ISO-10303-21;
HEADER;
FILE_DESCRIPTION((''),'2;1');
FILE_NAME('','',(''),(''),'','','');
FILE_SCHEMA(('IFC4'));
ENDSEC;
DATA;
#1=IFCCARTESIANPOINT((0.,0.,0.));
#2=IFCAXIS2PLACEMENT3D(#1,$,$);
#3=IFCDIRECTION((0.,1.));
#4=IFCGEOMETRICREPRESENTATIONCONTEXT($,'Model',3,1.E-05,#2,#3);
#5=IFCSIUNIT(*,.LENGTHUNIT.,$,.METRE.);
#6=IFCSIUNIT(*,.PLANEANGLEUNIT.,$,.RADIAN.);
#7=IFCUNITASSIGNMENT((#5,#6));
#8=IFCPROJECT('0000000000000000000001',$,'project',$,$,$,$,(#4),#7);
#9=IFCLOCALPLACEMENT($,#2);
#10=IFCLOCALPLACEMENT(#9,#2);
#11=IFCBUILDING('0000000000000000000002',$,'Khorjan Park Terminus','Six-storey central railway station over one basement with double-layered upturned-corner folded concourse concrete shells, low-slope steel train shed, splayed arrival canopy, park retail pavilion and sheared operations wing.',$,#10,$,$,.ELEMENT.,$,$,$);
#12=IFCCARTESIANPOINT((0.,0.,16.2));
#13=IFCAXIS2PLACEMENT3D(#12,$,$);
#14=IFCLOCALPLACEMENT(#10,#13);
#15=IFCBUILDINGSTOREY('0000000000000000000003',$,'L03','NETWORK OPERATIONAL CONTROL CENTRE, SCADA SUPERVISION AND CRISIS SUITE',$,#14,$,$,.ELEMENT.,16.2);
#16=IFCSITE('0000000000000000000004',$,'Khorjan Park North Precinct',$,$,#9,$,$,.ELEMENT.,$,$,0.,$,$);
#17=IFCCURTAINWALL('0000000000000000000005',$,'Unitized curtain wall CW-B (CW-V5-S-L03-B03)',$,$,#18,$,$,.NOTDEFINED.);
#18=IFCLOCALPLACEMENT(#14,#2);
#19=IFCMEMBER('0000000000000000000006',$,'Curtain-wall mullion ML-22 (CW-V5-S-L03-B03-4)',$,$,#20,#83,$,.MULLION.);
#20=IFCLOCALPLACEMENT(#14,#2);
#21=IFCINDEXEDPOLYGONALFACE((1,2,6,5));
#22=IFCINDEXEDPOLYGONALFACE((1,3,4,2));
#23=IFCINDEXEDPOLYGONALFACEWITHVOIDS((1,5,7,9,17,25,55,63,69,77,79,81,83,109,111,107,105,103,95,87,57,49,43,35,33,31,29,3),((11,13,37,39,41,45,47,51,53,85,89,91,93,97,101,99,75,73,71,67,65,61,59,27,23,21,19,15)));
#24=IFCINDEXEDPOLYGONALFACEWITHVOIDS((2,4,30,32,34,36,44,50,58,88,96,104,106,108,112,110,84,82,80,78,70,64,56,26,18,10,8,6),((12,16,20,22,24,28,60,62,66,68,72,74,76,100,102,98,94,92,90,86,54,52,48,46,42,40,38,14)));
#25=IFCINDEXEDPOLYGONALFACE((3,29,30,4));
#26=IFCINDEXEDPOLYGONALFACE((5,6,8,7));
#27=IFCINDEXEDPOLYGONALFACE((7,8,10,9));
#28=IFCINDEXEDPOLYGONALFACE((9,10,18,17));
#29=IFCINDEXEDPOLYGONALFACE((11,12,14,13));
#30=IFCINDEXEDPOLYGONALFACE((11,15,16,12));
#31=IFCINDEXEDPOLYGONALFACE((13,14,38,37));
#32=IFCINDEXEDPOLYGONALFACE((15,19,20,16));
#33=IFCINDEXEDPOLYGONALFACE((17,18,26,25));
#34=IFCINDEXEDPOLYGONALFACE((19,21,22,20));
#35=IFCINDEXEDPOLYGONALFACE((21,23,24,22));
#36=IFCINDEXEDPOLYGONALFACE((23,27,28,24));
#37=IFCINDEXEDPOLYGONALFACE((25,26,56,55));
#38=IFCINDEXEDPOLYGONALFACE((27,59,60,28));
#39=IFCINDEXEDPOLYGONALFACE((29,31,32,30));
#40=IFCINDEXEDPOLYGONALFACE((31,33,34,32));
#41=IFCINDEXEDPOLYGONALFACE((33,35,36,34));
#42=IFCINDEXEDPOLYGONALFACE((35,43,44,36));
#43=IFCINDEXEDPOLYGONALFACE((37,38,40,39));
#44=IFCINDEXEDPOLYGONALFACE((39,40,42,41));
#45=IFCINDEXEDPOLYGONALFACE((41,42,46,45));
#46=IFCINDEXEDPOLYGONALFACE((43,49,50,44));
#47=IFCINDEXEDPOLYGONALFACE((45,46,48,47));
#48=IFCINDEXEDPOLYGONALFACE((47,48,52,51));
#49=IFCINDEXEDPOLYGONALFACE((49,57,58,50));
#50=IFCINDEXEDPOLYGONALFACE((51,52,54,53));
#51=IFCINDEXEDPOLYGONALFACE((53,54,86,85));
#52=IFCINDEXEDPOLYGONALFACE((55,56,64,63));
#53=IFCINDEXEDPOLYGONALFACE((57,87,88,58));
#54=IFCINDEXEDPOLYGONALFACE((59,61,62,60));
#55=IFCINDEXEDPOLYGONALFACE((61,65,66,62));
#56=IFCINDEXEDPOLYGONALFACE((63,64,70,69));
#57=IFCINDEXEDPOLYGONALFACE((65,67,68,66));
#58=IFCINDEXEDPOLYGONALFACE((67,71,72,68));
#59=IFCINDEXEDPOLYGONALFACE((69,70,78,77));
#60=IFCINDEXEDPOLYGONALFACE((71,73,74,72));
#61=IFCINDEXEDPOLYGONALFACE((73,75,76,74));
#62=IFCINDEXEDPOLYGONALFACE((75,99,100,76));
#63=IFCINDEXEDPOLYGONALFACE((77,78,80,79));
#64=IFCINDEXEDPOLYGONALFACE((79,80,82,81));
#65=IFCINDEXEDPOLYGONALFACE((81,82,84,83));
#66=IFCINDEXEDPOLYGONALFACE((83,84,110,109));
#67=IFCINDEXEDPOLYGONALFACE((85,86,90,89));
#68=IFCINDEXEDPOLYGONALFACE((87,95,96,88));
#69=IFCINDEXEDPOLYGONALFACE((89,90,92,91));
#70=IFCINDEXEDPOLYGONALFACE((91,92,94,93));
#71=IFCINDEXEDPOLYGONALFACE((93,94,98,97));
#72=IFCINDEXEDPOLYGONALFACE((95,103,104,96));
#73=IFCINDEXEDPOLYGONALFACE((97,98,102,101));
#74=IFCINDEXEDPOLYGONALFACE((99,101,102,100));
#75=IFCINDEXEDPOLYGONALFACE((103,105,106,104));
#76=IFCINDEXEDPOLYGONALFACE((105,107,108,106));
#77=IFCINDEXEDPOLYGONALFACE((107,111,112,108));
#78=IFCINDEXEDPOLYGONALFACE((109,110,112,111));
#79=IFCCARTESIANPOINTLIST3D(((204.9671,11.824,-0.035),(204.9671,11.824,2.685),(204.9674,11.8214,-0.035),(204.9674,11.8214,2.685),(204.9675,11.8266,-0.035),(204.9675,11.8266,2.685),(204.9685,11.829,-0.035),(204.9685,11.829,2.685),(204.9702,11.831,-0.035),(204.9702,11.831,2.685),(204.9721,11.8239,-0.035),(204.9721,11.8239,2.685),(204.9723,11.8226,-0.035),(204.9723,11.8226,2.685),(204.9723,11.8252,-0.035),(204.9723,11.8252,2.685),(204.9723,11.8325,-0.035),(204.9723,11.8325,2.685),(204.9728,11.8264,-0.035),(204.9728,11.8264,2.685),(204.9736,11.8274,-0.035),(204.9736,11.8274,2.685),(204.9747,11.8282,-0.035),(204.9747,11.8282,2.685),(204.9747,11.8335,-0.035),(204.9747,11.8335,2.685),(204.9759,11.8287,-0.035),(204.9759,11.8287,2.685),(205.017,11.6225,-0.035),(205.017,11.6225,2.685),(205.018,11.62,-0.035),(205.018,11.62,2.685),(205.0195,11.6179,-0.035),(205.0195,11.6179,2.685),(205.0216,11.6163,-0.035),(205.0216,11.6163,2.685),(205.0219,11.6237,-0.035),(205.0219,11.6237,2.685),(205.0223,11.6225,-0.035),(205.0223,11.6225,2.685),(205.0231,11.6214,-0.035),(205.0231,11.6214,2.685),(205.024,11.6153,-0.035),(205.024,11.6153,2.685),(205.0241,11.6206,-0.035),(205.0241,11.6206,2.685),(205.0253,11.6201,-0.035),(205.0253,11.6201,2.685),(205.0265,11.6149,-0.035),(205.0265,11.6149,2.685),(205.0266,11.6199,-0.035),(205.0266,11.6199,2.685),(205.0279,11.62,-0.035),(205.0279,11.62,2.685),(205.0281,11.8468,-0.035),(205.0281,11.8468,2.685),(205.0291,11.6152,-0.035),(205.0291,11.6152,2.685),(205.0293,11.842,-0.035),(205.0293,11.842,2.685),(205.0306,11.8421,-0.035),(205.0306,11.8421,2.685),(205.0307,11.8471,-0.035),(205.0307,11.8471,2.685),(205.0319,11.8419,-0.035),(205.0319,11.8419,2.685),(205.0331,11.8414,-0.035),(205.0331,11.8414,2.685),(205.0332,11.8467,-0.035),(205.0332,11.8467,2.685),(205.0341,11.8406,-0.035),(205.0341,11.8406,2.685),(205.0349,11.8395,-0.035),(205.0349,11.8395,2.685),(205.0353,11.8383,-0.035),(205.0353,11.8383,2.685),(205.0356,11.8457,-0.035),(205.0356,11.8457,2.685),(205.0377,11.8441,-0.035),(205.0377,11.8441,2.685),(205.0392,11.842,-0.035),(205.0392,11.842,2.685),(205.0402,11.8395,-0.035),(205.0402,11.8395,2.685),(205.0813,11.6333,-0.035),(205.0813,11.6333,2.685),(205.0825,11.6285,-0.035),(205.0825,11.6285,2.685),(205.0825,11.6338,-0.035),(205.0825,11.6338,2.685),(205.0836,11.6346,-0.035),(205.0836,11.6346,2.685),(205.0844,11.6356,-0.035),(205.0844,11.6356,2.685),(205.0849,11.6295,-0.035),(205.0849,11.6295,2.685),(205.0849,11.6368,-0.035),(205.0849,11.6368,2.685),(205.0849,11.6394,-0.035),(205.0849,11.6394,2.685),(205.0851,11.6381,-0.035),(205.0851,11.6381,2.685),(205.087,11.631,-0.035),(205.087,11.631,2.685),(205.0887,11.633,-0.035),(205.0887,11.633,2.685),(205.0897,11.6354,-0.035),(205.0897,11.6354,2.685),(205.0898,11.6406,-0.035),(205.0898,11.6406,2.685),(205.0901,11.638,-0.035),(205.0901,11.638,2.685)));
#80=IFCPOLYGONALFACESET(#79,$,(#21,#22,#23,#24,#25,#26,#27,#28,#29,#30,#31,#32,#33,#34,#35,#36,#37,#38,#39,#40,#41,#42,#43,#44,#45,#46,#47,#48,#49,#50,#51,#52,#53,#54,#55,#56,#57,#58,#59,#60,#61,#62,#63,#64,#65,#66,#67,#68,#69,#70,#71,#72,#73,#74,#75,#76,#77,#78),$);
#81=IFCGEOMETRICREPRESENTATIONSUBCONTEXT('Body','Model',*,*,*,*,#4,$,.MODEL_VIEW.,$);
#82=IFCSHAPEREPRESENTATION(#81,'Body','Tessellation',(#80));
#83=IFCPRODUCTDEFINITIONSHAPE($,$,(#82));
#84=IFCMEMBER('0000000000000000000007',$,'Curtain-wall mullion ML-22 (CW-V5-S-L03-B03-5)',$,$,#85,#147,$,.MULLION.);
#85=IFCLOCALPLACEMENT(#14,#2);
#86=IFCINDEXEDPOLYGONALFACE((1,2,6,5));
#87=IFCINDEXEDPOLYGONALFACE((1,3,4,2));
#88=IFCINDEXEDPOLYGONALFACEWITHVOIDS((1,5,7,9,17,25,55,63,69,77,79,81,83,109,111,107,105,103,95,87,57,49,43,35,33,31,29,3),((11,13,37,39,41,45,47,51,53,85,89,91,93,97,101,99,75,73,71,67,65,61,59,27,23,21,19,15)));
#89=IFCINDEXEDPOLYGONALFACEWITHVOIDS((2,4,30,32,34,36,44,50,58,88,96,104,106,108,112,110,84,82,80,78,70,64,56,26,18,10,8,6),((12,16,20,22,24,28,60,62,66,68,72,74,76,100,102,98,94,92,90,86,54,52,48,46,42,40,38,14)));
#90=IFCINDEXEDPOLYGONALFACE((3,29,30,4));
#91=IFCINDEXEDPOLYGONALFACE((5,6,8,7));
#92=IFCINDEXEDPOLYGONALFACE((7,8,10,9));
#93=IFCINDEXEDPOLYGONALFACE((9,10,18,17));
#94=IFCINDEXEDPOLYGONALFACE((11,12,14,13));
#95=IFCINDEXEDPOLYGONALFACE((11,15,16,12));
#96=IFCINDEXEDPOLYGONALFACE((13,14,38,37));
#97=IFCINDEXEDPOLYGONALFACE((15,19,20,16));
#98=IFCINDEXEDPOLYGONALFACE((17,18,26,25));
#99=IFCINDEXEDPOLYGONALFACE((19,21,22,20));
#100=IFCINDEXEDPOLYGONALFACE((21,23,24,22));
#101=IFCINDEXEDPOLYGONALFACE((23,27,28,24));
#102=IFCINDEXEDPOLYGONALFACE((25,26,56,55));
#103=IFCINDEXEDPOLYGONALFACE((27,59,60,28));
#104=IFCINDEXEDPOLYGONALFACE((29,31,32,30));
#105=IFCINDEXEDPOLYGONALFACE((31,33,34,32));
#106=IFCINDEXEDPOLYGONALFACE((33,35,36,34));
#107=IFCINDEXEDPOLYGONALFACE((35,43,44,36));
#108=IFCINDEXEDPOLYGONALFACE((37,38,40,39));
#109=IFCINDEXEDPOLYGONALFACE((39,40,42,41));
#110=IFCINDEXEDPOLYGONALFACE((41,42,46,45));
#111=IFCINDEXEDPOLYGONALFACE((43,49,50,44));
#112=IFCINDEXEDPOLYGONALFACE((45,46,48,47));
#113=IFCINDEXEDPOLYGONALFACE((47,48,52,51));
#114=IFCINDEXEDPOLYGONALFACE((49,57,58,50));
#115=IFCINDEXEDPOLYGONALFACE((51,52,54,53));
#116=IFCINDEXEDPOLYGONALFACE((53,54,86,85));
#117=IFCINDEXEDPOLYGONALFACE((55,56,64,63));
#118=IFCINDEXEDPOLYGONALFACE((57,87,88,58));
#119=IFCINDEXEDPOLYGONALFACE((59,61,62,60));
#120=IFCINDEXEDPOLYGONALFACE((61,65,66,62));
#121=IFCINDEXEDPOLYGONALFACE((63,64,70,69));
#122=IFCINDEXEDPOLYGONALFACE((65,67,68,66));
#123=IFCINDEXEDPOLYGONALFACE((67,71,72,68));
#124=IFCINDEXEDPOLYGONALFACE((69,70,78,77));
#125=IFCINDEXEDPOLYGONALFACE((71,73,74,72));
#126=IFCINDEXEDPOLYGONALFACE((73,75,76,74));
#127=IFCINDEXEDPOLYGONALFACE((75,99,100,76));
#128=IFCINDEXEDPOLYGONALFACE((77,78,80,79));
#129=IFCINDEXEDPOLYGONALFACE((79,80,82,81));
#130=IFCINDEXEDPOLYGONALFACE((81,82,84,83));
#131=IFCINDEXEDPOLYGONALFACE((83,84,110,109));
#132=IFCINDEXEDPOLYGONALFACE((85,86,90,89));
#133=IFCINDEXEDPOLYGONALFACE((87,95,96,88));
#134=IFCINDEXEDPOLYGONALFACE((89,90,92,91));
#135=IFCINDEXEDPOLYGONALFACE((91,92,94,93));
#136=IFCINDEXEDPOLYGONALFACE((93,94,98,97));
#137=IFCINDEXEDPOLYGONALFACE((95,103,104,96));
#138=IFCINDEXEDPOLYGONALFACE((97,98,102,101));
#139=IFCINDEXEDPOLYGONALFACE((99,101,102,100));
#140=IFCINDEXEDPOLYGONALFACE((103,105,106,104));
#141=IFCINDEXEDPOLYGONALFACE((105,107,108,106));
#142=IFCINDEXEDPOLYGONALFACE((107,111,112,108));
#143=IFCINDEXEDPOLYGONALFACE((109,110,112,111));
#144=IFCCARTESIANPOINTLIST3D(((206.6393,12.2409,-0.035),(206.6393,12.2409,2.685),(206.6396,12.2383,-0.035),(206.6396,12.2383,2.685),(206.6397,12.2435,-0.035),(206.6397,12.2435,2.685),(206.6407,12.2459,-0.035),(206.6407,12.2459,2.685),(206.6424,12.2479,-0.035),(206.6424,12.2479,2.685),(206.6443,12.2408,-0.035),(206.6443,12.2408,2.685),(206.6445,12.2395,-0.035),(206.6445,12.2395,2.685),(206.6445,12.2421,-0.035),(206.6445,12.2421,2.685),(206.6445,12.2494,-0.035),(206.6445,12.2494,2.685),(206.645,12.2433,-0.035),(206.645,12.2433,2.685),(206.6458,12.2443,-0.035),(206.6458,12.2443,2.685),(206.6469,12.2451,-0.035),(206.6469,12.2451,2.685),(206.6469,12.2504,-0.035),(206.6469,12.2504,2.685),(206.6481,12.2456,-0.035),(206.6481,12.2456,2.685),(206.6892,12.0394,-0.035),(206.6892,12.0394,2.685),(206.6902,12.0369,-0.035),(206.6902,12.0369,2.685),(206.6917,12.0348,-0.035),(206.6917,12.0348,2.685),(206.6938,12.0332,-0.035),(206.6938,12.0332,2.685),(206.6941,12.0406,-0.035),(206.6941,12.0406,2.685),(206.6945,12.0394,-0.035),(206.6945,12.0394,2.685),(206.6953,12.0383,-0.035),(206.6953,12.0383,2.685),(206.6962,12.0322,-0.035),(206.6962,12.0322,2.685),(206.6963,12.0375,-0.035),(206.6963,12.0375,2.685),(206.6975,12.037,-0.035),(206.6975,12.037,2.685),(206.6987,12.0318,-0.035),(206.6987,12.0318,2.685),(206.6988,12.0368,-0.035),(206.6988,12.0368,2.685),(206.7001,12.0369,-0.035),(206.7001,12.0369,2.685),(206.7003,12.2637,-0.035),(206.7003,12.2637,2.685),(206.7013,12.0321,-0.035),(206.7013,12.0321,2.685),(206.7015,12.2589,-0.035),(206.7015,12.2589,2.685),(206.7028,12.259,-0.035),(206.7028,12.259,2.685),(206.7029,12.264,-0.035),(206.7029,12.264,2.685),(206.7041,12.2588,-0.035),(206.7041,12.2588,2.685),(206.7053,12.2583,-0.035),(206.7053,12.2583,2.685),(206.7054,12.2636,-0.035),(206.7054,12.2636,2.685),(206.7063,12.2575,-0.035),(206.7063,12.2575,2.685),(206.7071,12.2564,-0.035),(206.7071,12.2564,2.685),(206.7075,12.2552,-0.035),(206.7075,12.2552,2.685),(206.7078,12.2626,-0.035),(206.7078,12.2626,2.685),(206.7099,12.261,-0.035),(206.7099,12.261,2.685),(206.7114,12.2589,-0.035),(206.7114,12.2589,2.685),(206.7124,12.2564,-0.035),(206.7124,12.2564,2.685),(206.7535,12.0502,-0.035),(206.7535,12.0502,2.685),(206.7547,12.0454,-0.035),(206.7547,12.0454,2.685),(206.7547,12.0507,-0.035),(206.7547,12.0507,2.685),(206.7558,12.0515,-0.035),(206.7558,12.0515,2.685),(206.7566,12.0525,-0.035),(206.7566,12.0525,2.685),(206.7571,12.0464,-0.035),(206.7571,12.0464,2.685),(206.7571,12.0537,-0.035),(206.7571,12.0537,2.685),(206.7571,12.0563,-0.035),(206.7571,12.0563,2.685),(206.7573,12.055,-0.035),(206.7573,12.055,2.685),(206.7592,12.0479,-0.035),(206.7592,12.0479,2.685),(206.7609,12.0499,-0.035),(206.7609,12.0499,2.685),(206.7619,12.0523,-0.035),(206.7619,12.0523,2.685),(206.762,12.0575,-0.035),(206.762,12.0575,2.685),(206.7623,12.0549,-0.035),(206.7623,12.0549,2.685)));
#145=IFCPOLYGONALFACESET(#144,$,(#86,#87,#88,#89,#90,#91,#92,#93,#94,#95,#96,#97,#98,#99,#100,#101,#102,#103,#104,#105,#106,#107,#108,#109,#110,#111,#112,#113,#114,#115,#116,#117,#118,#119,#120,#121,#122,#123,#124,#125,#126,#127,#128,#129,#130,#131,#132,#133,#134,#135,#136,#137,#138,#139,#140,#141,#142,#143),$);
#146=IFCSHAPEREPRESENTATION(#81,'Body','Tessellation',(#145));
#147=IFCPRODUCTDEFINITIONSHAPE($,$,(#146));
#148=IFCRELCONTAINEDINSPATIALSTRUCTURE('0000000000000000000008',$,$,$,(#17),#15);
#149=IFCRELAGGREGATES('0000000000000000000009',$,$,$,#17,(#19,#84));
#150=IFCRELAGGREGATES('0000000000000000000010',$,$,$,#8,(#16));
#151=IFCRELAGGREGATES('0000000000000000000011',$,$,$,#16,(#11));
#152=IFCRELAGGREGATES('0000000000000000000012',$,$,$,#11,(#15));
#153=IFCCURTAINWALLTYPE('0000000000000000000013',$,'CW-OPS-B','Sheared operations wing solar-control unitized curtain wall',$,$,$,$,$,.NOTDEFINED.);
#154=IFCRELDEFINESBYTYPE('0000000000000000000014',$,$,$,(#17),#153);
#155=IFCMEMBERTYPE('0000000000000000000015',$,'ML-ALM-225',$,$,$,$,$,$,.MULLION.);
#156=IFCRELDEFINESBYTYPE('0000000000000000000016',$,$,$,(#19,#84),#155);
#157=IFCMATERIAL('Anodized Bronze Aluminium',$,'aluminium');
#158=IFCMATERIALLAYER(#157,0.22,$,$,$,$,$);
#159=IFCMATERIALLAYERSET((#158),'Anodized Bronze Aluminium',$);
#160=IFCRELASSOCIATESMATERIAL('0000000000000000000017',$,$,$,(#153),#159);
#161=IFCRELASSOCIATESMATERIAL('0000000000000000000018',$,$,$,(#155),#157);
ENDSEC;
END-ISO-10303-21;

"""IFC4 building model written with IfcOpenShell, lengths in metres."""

from ifc_helpers import new_model, si_unit, direction, frame, origin, origin_2d, place, context, subcontext, project, spatial, hollow_rectangle, extrude, material, layer, layer_set, material_profile, profile_set, type_object, element, aggregate, save


model = new_model("IFC4")

# Units and contexts
model_context = context("Model", 3, precision=1e-05, world=origin(), true_north=direction((0.0, 1.0)))
body_context = subcontext(model_context, "Body", "Model", "MODEL_VIEW")
ifc_project = project(units=[si_unit("LENGTHUNIT", "METRE"), si_unit("PLANEANGLEUNIT", "RADIAN")], contexts=[model_context])

# Site, building, storey
site_placement = place(None, origin())
site = spatial("IfcSite", under=ifc_project, at=site_placement, Name="Khorjan Park North Precinct", CompositionType="ELEMENT", RefElevation=0.0)
building_placement = place(site_placement, origin())
building = spatial("IfcBuilding", under=site, at=building_placement, Name="Khorjan Park Terminus", Description="Six-storey central railway station over one basement with double-layered upturned-corner folded concourse concrete shells, low-slope steel train shed, splayed arrival canopy, park retail pavilion and sheared operations wing.", CompositionType="ELEMENT")
storey_placement = place(building_placement, frame((0.0, 0.0, 16.2)))
storey = spatial("IfcBuildingStorey", under=building, at=storey_placement, Name="L03", Description="NETWORK OPERATIONAL CONTROL CENTRE, SCADA SUPERVISION AND CRISIS SUITE", CompositionType="ELEMENT", Elevation=16.2)

# Curtain wall, members
ifc_material_1 = material(Name="Anodized Bronze Aluminium", Category="aluminium")
ifc_layer_1 = layer(ifc_material_1, 0.22)
ifc_layer_set_1 = layer_set([ifc_layer_1], Name="Anodized Bronze Aluminium")
curtain_wall_type = type_object("IfcCurtainWallType", Name="CW-OPS-B", Description="Sheared operations wing solar-control unitized curtain wall", PredefinedType="NOTDEFINED", material=ifc_layer_set_1)
curtain_wall_placement = place(storey_placement, origin())
curtain_wall = element("IfcCurtainWall", 1, at=curtain_wall_placement, inside=storey, type_object=curtain_wall_type, Name="Unitized curtain wall CW-B (CW-V5-S-L03-B03)", PredefinedType="NOTDEFINED")
ifc_material_profile_1 = material_profile(ifc_material_1, hollow_rectangle(XDim=0.075, YDim=0.225, WallThickness=0.005, InnerFilletRadius=0.005, OuterFilletRadius=0.01, at=origin_2d()), Name="ALM 75x225x5")
ifc_profile_set_1 = profile_set([ifc_material_profile_1], Name="Anodized Bronze Aluminium")
member_type_1 = type_object("IfcMemberType", Name="ML-ALM-225", PredefinedType="MULLION", material=ifc_profile_set_1)
member_1_placement = place(storey_placement, frame((205.0286, 11.731, -0.035), z_axis=(0.0, 0.0, 1.0), x_axis=(0.970295, 0.241926, 0.0)))
member_1 = element("IfcMember", 2, at=member_1_placement, type_object=member_type_1, Name="Curtain-wall mullion ML-22 (CW-V5-S-L03-B03-4)", PredefinedType="MULLION", context=body_context, shape_type="SweptSolid", body=[
    extrude(hollow_rectangle(XDim=0.075, YDim=0.225, WallThickness=0.005, InnerFilletRadius=0.005, OuterFilletRadius=0.01, at=origin_2d()), origin(), (0.0, 0.0, 1.0), 2.72),
])
member_2_placement = place(storey_placement, frame((206.7008, 12.1479, -0.035), z_axis=(0.0, 0.0, 1.0), x_axis=(0.970295, 0.241926, 0.0)))
member_2 = element("IfcMember", 3, at=member_2_placement, type_object=member_type_1, Name="Curtain-wall mullion ML-22 (CW-V5-S-L03-B03-5)", PredefinedType="MULLION", context=body_context, shape_type="SweptSolid", body=[
    extrude(hollow_rectangle(XDim=0.075, YDim=0.225, WallThickness=0.005, InnerFilletRadius=0.005, OuterFilletRadius=0.01, at=origin_2d()), origin(), (0.0, 0.0, 1.0), 2.72),
])
aggregate(curtain_wall, [member_1, member_2])

save(model, "model.ifc")
